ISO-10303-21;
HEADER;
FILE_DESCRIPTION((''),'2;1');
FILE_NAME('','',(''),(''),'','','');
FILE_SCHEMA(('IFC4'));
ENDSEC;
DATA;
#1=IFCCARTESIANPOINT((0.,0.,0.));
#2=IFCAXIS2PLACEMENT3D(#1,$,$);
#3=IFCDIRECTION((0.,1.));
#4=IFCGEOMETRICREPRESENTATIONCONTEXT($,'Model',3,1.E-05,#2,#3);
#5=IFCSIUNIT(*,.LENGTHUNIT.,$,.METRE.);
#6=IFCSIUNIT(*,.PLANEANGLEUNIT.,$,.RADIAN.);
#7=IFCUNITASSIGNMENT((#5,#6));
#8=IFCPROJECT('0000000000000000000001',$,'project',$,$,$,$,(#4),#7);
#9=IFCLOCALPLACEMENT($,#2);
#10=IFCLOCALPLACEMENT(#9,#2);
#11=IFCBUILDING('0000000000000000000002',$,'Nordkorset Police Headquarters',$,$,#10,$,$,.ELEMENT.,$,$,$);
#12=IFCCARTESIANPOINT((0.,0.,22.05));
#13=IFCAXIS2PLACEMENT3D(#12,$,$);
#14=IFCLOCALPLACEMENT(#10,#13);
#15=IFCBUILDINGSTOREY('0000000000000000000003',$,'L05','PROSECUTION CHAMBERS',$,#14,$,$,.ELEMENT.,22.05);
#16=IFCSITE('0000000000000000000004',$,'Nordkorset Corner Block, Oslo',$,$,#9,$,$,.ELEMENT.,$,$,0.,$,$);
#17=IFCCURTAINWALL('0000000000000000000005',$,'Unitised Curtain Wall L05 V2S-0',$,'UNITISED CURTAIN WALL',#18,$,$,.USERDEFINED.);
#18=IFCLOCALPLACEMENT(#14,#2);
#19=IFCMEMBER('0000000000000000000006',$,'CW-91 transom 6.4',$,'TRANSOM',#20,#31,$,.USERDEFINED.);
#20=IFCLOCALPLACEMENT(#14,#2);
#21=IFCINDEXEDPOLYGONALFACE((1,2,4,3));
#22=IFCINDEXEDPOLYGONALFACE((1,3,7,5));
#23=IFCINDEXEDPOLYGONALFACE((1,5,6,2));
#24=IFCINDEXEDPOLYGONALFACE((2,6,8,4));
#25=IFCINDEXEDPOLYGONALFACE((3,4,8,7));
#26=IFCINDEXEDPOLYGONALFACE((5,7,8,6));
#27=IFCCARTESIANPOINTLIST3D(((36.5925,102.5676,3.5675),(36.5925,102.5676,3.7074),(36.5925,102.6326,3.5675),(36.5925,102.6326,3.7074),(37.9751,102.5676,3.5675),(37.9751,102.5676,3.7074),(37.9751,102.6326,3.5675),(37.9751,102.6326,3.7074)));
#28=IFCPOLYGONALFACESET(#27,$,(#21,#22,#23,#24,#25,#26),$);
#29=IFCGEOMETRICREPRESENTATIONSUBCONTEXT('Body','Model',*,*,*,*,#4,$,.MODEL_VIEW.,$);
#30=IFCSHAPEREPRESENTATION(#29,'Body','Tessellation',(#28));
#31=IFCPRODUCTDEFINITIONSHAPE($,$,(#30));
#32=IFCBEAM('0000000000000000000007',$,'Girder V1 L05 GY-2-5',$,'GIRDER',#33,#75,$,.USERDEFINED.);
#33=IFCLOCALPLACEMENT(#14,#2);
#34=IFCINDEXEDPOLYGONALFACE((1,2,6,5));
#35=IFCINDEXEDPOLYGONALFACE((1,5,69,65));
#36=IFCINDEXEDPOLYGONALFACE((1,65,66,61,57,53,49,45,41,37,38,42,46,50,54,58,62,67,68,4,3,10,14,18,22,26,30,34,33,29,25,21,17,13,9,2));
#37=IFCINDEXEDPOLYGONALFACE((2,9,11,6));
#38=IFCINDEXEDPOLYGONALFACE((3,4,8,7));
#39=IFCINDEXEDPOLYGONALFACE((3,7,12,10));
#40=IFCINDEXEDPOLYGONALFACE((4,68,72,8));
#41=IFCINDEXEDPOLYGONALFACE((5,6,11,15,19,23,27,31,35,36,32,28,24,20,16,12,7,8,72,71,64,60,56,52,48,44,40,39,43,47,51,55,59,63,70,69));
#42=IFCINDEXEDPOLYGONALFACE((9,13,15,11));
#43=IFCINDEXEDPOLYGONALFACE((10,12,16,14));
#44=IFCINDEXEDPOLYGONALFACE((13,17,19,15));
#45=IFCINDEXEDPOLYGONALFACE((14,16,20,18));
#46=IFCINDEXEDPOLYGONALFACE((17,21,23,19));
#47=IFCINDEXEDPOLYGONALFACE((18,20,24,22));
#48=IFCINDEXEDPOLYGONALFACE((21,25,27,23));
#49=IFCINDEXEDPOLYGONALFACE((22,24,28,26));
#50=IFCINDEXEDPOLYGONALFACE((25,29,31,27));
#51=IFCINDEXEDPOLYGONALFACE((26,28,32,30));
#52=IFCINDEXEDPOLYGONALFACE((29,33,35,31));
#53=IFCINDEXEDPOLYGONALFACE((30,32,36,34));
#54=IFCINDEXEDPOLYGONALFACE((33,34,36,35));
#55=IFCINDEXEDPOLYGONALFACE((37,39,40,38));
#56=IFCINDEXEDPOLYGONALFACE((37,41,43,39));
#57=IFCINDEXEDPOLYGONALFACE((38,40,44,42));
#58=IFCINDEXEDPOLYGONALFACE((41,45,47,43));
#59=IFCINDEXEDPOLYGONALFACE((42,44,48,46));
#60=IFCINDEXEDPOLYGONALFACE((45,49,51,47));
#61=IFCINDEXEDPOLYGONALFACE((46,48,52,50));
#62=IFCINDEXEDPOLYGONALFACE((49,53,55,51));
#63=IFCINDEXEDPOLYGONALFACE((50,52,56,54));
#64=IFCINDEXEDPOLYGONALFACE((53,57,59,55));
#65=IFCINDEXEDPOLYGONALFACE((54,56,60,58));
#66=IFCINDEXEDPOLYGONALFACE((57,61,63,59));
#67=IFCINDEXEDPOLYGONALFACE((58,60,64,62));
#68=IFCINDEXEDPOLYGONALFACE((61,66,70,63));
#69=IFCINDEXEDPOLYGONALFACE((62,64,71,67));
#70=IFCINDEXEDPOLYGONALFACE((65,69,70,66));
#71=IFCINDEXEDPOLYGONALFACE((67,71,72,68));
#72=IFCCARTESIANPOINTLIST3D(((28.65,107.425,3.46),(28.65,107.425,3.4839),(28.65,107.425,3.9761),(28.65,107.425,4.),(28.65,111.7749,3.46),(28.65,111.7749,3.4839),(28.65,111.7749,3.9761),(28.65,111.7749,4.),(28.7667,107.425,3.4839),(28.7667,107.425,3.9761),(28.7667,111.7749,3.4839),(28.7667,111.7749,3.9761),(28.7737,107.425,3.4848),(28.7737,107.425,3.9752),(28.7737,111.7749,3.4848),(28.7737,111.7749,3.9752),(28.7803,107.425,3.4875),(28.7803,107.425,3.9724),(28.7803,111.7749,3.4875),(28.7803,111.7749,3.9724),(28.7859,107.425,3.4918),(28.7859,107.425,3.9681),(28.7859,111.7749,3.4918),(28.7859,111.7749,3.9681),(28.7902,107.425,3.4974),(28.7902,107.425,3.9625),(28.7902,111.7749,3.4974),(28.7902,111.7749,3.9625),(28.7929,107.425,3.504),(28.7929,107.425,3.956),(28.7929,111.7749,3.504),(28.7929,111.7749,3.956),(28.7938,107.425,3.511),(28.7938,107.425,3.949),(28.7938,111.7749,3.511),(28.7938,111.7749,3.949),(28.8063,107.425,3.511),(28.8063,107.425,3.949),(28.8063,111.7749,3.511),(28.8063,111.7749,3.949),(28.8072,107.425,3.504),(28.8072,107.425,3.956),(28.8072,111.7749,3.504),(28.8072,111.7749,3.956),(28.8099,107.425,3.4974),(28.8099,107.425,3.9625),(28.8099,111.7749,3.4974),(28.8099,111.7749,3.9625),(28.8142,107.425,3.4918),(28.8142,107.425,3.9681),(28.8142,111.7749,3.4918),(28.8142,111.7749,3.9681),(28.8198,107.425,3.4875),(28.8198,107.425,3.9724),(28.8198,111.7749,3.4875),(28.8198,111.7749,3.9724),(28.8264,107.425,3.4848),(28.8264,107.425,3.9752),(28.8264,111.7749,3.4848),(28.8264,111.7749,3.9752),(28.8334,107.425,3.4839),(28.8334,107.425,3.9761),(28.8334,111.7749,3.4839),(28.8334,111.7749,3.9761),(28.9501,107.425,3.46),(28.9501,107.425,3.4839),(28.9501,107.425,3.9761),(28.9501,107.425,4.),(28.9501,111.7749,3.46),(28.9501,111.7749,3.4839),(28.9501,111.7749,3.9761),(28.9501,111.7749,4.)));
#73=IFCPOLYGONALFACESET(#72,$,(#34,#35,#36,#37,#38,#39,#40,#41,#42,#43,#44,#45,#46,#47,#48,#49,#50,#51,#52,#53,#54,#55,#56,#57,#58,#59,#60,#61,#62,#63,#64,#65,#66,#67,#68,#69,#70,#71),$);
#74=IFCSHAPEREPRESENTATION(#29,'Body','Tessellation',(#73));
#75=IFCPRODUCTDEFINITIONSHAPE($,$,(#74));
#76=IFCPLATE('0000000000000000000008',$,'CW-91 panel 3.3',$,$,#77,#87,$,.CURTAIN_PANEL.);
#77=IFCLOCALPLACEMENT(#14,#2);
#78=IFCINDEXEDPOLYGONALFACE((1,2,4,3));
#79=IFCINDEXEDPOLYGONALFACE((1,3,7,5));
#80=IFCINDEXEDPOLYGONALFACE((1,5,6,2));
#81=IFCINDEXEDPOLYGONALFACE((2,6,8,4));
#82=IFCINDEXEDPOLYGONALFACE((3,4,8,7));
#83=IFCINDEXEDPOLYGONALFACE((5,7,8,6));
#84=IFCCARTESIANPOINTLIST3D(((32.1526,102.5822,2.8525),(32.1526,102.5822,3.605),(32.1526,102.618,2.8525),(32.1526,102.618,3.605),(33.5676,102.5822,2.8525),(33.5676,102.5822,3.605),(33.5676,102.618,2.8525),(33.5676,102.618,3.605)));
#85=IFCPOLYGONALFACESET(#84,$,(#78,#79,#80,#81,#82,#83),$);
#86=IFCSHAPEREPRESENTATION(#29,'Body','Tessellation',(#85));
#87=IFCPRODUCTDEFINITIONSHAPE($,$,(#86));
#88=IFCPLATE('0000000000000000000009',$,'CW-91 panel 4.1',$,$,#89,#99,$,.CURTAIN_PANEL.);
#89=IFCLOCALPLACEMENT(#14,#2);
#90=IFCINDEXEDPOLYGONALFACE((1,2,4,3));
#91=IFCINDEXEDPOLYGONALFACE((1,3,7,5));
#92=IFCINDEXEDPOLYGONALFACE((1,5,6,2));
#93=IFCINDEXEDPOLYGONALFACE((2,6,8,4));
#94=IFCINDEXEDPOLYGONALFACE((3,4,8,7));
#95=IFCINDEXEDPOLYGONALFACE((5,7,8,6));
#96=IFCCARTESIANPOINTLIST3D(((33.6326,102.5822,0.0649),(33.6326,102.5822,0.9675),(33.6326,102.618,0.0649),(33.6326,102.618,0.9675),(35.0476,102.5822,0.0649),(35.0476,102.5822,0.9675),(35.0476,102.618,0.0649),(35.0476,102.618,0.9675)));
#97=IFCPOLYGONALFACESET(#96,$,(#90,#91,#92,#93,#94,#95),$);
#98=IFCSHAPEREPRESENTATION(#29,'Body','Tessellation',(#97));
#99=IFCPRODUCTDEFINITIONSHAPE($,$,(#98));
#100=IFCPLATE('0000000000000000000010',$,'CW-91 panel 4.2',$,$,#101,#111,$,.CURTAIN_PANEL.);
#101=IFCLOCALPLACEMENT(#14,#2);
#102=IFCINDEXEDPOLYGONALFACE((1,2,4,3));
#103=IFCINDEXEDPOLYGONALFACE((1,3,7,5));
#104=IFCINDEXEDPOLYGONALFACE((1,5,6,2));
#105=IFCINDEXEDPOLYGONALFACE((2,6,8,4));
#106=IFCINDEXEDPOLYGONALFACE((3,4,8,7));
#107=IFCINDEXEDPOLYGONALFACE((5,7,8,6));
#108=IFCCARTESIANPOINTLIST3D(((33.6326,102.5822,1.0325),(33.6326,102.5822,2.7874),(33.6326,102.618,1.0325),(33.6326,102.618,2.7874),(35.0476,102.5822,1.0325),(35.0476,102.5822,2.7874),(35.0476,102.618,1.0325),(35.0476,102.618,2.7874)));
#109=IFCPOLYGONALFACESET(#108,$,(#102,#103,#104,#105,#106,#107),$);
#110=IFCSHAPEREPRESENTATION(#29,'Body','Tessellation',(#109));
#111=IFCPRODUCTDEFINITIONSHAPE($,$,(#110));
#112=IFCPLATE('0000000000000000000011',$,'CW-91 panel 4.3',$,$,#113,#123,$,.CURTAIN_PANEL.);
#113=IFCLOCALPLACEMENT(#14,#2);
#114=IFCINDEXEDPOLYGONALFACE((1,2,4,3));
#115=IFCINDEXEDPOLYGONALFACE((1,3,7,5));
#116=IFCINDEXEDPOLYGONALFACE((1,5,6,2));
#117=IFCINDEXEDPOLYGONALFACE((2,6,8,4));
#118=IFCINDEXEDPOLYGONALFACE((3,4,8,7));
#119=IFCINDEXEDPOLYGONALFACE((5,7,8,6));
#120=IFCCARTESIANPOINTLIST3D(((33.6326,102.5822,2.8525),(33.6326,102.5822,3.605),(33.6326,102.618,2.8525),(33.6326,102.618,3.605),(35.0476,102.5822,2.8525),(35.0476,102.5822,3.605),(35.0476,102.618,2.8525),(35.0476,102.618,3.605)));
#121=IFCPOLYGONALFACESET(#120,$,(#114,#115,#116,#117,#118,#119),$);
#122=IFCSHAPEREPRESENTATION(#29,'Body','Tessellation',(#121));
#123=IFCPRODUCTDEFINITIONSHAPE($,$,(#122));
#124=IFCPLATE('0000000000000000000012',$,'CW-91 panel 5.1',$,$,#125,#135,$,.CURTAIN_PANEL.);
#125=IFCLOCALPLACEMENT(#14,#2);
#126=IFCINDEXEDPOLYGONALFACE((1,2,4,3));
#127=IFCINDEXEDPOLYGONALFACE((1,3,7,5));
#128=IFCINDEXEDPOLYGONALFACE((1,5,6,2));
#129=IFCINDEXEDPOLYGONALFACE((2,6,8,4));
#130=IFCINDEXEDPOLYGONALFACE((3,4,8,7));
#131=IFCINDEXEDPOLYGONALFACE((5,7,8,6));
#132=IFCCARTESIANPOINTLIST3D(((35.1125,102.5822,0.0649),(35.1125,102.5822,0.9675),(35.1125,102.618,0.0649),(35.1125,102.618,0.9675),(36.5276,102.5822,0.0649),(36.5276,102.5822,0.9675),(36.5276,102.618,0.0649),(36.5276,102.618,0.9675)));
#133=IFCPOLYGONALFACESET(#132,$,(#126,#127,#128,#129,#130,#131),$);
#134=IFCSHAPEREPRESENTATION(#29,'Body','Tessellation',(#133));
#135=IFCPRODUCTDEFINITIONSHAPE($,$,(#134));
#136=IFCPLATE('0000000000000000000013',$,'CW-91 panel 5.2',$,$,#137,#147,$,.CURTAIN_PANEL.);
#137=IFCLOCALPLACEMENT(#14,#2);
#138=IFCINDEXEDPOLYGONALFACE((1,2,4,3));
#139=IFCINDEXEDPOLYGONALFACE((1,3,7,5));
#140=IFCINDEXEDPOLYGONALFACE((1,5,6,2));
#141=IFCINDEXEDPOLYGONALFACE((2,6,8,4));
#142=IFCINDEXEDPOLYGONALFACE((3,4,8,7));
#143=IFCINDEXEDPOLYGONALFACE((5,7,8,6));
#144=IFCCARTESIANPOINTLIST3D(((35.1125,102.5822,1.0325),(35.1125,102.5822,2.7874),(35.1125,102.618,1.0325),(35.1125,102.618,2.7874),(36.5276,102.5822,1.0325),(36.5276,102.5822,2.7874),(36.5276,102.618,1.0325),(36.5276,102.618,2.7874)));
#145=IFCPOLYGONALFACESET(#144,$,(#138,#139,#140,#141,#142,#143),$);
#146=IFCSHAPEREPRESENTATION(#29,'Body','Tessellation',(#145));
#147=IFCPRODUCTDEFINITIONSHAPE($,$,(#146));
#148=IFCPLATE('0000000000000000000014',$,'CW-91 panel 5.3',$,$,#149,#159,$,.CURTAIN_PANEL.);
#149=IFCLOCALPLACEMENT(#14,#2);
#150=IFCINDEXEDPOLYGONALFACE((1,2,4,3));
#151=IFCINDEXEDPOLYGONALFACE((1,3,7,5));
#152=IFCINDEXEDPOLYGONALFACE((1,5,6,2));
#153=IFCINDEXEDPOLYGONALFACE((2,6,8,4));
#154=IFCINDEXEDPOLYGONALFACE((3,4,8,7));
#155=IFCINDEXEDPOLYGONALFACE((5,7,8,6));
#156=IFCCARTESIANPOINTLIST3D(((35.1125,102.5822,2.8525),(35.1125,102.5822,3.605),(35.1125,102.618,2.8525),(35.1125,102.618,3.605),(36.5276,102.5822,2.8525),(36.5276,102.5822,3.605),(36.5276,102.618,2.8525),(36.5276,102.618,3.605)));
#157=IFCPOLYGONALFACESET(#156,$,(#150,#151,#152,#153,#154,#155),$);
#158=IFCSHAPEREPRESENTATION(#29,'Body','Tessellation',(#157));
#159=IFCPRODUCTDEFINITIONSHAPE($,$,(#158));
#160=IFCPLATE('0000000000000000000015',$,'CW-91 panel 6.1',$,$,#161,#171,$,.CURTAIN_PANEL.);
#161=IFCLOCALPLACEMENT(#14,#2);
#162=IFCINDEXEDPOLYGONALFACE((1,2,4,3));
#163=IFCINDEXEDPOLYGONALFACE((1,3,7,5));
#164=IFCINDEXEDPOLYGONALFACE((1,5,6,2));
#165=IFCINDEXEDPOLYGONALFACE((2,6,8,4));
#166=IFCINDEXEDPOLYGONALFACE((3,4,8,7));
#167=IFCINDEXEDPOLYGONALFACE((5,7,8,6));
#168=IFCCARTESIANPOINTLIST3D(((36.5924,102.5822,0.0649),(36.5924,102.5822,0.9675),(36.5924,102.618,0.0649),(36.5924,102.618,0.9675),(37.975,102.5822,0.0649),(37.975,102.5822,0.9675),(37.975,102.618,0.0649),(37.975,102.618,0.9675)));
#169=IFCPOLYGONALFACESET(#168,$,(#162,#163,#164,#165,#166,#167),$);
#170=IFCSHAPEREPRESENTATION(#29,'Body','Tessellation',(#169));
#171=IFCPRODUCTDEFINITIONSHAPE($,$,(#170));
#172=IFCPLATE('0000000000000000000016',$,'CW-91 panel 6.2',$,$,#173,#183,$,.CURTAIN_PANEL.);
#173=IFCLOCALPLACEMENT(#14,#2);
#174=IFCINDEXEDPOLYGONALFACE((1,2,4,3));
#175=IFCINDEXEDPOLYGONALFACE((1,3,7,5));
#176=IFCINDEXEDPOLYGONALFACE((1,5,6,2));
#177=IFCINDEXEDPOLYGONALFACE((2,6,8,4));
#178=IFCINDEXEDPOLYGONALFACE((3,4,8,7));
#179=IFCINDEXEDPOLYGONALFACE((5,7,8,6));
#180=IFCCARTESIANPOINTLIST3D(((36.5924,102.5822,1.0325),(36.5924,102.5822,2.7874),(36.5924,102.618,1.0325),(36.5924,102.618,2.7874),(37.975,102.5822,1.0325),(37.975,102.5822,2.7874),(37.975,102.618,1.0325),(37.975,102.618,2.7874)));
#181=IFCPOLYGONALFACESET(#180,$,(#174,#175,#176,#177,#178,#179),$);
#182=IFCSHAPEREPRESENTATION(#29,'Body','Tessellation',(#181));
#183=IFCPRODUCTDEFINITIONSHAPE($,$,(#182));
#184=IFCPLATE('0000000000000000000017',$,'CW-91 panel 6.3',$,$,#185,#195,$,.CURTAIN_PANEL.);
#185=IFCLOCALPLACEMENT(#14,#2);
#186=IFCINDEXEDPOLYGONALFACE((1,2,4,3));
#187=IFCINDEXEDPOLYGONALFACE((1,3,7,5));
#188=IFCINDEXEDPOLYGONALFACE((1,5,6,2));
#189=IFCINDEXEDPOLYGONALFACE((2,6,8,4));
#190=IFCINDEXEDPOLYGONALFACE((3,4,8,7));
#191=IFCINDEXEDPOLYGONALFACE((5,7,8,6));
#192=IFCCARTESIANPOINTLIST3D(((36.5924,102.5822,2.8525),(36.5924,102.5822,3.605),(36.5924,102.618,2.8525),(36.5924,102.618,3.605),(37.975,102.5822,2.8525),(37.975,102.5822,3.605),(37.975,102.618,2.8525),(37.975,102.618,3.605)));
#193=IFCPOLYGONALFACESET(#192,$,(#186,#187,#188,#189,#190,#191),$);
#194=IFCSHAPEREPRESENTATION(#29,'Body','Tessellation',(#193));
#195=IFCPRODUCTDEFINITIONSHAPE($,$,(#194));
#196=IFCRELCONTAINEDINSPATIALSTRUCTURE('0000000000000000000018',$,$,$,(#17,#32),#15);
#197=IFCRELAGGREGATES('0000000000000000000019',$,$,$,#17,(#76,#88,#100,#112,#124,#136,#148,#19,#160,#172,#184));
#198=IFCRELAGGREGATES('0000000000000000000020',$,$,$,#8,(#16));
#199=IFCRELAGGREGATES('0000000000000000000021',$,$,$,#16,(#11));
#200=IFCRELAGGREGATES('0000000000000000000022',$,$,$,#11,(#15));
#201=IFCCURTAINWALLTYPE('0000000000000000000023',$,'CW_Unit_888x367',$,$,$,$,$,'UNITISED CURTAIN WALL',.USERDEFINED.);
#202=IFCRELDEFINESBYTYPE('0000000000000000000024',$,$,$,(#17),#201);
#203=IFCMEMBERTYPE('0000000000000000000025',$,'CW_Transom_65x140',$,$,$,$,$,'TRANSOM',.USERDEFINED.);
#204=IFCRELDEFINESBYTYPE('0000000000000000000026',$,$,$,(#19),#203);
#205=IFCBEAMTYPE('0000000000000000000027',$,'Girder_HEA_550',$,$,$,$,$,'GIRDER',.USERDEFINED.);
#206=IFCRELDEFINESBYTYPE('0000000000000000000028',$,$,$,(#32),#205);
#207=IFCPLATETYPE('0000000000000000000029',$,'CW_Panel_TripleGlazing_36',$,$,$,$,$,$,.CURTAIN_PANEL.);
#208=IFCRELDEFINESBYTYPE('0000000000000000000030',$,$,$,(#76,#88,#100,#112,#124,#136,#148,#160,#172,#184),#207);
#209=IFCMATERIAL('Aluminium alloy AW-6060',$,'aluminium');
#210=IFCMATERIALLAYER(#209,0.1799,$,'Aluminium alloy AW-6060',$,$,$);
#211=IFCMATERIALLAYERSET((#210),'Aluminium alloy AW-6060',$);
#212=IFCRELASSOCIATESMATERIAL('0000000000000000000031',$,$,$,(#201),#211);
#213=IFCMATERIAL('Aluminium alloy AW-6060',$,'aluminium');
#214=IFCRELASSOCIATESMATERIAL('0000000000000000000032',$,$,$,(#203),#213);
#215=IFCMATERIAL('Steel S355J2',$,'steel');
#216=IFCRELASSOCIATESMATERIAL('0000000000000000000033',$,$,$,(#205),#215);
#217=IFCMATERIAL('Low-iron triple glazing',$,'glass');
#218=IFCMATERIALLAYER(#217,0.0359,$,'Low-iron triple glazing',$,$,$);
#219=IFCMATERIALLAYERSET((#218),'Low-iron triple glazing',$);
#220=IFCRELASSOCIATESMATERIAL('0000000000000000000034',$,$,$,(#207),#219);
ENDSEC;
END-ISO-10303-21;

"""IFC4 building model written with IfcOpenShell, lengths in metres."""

from ifc_helpers import new_model, si_unit, direction, frame, origin, origin_2d, place, context, subcontext, project, spatial, rectangle, i_section, extrude, material, layer, layer_set, material_profile, profile_set, type_object, element, aggregate, save


model = new_model("IFC4")

# Units and contexts
model_context = context("Model", 3, precision=1e-05, world=origin(), true_north=direction((0.0, 1.0)))
body_context = subcontext(model_context, "Body", "Model", "MODEL_VIEW")
ifc_project = project(units=[si_unit("LENGTHUNIT", "METRE"), si_unit("PLANEANGLEUNIT", "RADIAN")], contexts=[model_context])

# Site, building, storey
site_placement = place(None, origin())
site = spatial("IfcSite", under=ifc_project, at=site_placement, Name="Nordkorset Corner Block, Oslo", CompositionType="ELEMENT", RefElevation=0.0)
building_placement = place(site_placement, origin())
building = spatial("IfcBuilding", under=site, at=building_placement, Name="Nordkorset Police Headquarters", CompositionType="ELEMENT")
storey_placement = place(building_placement, frame((0.0, 0.0, 22.05)))
storey = spatial("IfcBuildingStorey", under=building, at=storey_placement, Name="L05", Description="PROSECUTION CHAMBERS", CompositionType="ELEMENT", Elevation=22.05)

# Curtain wall, member
ifc_material_1 = material(Name="Aluminium alloy AW-6060", Category="aluminium")
ifc_layer_1 = layer(ifc_material_1, 0.1799, Name="Aluminium alloy AW-6060")
ifc_layer_set_1 = layer_set([ifc_layer_1], Name="Aluminium alloy AW-6060")
curtain_wall_type = type_object("IfcCurtainWallType", Name="CW_Unit_888x367", ElementType="UNITISED CURTAIN WALL", PredefinedType="USERDEFINED", material=ifc_layer_set_1)
curtain_wall_placement = place(storey_placement, origin())
curtain_wall = element("IfcCurtainWall", 1, at=curtain_wall_placement, inside=storey, type_object=curtain_wall_type, Name="Unitised Curtain Wall L05 V2S-0", ObjectType="UNITISED CURTAIN WALL", PredefinedType="USERDEFINED")
ifc_material_2 = material(Name="Aluminium alloy AW-6060", Category="aluminium")
ifc_material_profile_1 = material_profile(ifc_material_2, rectangle(XDim=0.0649, YDim=0.1399, at=origin_2d()), Name="ALU TRAN 65x140")
ifc_profile_set_1 = profile_set([ifc_material_profile_1], Name="Aluminium alloy AW-6060")
member_type_1 = type_object("IfcMemberType", Name="CW_Transom_65x140", ElementType="TRANSOM", PredefinedType="USERDEFINED", material=ifc_profile_set_1)
member_1_placement = place(storey_placement, frame((36.5925, 102.6001, 3.6375), z_axis=(1.0, 0.0, 0.0), x_axis=(0.0, 1.0, 0.0)))
member_1 = element("IfcMember", 2, at=member_1_placement, type_object=member_type_1, Name="CW-91 transom 6.4", ObjectType="TRANSOM", PredefinedType="USERDEFINED", context=body_context, shape_type="SweptSolid", body=[
    extrude(rectangle(XDim=0.0649, YDim=0.1399, at=origin_2d()), origin(), (0.0, 0.0, 1.0), 1.3826),
])

# Beam
ifc_material_3 = material(Name="Steel S355J2", Category="steel")
ifc_material_profile_2 = material_profile(ifc_material_3, i_section(OverallWidth=0.3, OverallDepth=0.54, WebThickness=0.0125, FlangeThickness=0.0239, FilletRadius=0.0271, at=origin_2d()), Name="HEA 550")
ifc_profile_set_2 = profile_set([ifc_material_profile_2], Name="Steel S355J2")
beam_type_1 = type_object("IfcBeamType", Name="Girder_HEA_550", ElementType="GIRDER", PredefinedType="USERDEFINED", material=ifc_profile_set_2)
beam_placement = place(storey_placement, frame((28.8, 107.425, 3.73), z_axis=(0.0, 1.0, 0.0), x_axis=(-1.0, 0.0, 0.0)))
element("IfcBeam", 3, at=beam_placement, inside=storey, type_object=beam_type_1, Name="Girder V1 L05 GY-2-5", ObjectType="GIRDER", PredefinedType="USERDEFINED", context=body_context, shape_type="SweptSolid", body=[
    extrude(i_section(OverallWidth=0.3, OverallDepth=0.54, WebThickness=0.0125, FlangeThickness=0.0239, FilletRadius=0.0271, at=origin_2d()), origin(), (0.0, 0.0, 1.0), 4.3499),
])

# Plates
ifc_material_4 = material(Name="Low-iron triple glazing", Category="glass")
ifc_layer_2 = layer(ifc_material_4, 0.0359, Name="Low-iron triple glazing")
ifc_layer_set_2 = layer_set([ifc_layer_2], Name="Low-iron triple glazing")
plate_type = type_object("IfcPlateType", Name="CW_Panel_TripleGlazing_36", PredefinedType="CURTAIN_PANEL", material=ifc_layer_set_2)
plate_1_placement = place(storey_placement, frame((32.8601, 102.6001, 2.8525), z_axis=(0.0, 0.0, 1.0), x_axis=(1.0, 0.0, 0.0)))
plate_1 = element("IfcPlate", 4, at=plate_1_placement, type_object=plate_type, Name="CW-91 panel 3.3", PredefinedType="CURTAIN_PANEL", context=body_context, shape_type="SweptSolid", body=[
    extrude(rectangle(XDim=1.415, YDim=0.0359, at=origin_2d()), origin(), (0.0, 0.0, 1.0), 0.7524),
])
plate_2_placement = place(storey_placement, frame((34.3401, 102.6001, 0.0649), z_axis=(0.0, 0.0, 1.0), x_axis=(1.0, 0.0, 0.0)))
plate_2 = element("IfcPlate", 5, at=plate_2_placement, type_object=plate_type, Name="CW-91 panel 4.1", PredefinedType="CURTAIN_PANEL", context=body_context, shape_type="SweptSolid", body=[
    extrude(rectangle(XDim=1.415, YDim=0.0359, at=origin_2d()), origin(), (0.0, 0.0, 1.0), 0.9026),
])
plate_3_placement = place(storey_placement, frame((34.3401, 102.6001, 1.0325), z_axis=(0.0, 0.0, 1.0), x_axis=(1.0, 0.0, 0.0)))
plate_3 = element("IfcPlate", 6, at=plate_3_placement, type_object=plate_type, Name="CW-91 panel 4.2", PredefinedType="CURTAIN_PANEL", context=body_context, shape_type="SweptSolid", body=[
    extrude(rectangle(XDim=1.415, YDim=0.0359, at=origin_2d()), origin(), (0.0, 0.0, 1.0), 1.7549),
])
plate_4_placement = place(storey_placement, frame((34.3401, 102.6001, 2.8525), z_axis=(0.0, 0.0, 1.0), x_axis=(1.0, 0.0, 0.0)))
plate_4 = element("IfcPlate", 7, at=plate_4_placement, type_object=plate_type, Name="CW-91 panel 4.3", PredefinedType="CURTAIN_PANEL", context=body_context, shape_type="SweptSolid", body=[
    extrude(rectangle(XDim=1.415, YDim=0.0359, at=origin_2d()), origin(), (0.0, 0.0, 1.0), 0.7524),
])
plate_5_placement = place(storey_placement, frame((35.8201, 102.6001, 0.0649), z_axis=(0.0, 0.0, 1.0), x_axis=(1.0, 0.0, 0.0)))
plate_5 = element("IfcPlate", 8, at=plate_5_placement, type_object=plate_type, Name="CW-91 panel 5.1", PredefinedType="CURTAIN_PANEL", context=body_context, shape_type="SweptSolid", body=[
    extrude(rectangle(XDim=1.415, YDim=0.0359, at=origin_2d()), origin(), (0.0, 0.0, 1.0), 0.9026),
])
plate_6_placement = place(storey_placement, frame((35.8201, 102.6001, 1.0325), z_axis=(0.0, 0.0, 1.0), x_axis=(1.0, 0.0, 0.0)))
plate_6 = element("IfcPlate", 9, at=plate_6_placement, type_object=plate_type, Name="CW-91 panel 5.2", PredefinedType="CURTAIN_PANEL", context=body_context, shape_type="SweptSolid", body=[
    extrude(rectangle(XDim=1.415, YDim=0.0359, at=origin_2d()), origin(), (0.0, 0.0, 1.0), 1.7549),
])
plate_7_placement = place(storey_placement, frame((35.8201, 102.6001, 2.8525), z_axis=(0.0, 0.0, 1.0), x_axis=(1.0, 0.0, 0.0)))
plate_7 = element("IfcPlate", 10, at=plate_7_placement, type_object=plate_type, Name="CW-91 panel 5.3", PredefinedType="CURTAIN_PANEL", context=body_context, shape_type="SweptSolid", body=[
    extrude(rectangle(XDim=1.415, YDim=0.0359, at=origin_2d()), origin(), (0.0, 0.0, 1.0), 0.7524),
])
plate_8_placement = place(storey_placement, frame((37.2837, 102.6001, 0.0649), z_axis=(0.0, 0.0, 1.0), x_axis=(1.0, 0.0, 0.0)))
plate_8 = element("IfcPlate", 11, at=plate_8_placement, type_object=plate_type, Name="CW-91 panel 6.1", PredefinedType="CURTAIN_PANEL", context=body_context, shape_type="SweptSolid", body=[
    extrude(rectangle(XDim=1.3826, YDim=0.0359, at=origin_2d()), origin(), (0.0, 0.0, 1.0), 0.9026),
])
plate_9_placement = place(storey_placement, frame((37.2837, 102.6001, 1.0325), z_axis=(0.0, 0.0, 1.0), x_axis=(1.0, 0.0, 0.0)))
plate_9 = element("IfcPlate", 12, at=plate_9_placement, type_object=plate_type, Name="CW-91 panel 6.2", PredefinedType="CURTAIN_PANEL", context=body_context, shape_type="SweptSolid", body=[
    extrude(rectangle(XDim=1.3826, YDim=0.0359, at=origin_2d()), origin(), (0.0, 0.0, 1.0), 1.7549),
])
plate_10_placement = place(storey_placement, frame((37.2837, 102.6001, 2.8525), z_axis=(0.0, 0.0, 1.0), x_axis=(1.0, 0.0, 0.0)))
plate_10 = element("IfcPlate", 13, at=plate_10_placement, type_object=plate_type, Name="CW-91 panel 6.3", PredefinedType="CURTAIN_PANEL", context=body_context, shape_type="SweptSolid", body=[
    extrude(rectangle(XDim=1.3826, YDim=0.0359, at=origin_2d()), origin(), (0.0, 0.0, 1.0), 0.7524),
])
aggregate(curtain_wall, [plate_1, plate_2, plate_3, plate_4, plate_5, plate_6, plate_7, member_1, plate_8, plate_9, plate_10])

save(model, "model.ifc")
